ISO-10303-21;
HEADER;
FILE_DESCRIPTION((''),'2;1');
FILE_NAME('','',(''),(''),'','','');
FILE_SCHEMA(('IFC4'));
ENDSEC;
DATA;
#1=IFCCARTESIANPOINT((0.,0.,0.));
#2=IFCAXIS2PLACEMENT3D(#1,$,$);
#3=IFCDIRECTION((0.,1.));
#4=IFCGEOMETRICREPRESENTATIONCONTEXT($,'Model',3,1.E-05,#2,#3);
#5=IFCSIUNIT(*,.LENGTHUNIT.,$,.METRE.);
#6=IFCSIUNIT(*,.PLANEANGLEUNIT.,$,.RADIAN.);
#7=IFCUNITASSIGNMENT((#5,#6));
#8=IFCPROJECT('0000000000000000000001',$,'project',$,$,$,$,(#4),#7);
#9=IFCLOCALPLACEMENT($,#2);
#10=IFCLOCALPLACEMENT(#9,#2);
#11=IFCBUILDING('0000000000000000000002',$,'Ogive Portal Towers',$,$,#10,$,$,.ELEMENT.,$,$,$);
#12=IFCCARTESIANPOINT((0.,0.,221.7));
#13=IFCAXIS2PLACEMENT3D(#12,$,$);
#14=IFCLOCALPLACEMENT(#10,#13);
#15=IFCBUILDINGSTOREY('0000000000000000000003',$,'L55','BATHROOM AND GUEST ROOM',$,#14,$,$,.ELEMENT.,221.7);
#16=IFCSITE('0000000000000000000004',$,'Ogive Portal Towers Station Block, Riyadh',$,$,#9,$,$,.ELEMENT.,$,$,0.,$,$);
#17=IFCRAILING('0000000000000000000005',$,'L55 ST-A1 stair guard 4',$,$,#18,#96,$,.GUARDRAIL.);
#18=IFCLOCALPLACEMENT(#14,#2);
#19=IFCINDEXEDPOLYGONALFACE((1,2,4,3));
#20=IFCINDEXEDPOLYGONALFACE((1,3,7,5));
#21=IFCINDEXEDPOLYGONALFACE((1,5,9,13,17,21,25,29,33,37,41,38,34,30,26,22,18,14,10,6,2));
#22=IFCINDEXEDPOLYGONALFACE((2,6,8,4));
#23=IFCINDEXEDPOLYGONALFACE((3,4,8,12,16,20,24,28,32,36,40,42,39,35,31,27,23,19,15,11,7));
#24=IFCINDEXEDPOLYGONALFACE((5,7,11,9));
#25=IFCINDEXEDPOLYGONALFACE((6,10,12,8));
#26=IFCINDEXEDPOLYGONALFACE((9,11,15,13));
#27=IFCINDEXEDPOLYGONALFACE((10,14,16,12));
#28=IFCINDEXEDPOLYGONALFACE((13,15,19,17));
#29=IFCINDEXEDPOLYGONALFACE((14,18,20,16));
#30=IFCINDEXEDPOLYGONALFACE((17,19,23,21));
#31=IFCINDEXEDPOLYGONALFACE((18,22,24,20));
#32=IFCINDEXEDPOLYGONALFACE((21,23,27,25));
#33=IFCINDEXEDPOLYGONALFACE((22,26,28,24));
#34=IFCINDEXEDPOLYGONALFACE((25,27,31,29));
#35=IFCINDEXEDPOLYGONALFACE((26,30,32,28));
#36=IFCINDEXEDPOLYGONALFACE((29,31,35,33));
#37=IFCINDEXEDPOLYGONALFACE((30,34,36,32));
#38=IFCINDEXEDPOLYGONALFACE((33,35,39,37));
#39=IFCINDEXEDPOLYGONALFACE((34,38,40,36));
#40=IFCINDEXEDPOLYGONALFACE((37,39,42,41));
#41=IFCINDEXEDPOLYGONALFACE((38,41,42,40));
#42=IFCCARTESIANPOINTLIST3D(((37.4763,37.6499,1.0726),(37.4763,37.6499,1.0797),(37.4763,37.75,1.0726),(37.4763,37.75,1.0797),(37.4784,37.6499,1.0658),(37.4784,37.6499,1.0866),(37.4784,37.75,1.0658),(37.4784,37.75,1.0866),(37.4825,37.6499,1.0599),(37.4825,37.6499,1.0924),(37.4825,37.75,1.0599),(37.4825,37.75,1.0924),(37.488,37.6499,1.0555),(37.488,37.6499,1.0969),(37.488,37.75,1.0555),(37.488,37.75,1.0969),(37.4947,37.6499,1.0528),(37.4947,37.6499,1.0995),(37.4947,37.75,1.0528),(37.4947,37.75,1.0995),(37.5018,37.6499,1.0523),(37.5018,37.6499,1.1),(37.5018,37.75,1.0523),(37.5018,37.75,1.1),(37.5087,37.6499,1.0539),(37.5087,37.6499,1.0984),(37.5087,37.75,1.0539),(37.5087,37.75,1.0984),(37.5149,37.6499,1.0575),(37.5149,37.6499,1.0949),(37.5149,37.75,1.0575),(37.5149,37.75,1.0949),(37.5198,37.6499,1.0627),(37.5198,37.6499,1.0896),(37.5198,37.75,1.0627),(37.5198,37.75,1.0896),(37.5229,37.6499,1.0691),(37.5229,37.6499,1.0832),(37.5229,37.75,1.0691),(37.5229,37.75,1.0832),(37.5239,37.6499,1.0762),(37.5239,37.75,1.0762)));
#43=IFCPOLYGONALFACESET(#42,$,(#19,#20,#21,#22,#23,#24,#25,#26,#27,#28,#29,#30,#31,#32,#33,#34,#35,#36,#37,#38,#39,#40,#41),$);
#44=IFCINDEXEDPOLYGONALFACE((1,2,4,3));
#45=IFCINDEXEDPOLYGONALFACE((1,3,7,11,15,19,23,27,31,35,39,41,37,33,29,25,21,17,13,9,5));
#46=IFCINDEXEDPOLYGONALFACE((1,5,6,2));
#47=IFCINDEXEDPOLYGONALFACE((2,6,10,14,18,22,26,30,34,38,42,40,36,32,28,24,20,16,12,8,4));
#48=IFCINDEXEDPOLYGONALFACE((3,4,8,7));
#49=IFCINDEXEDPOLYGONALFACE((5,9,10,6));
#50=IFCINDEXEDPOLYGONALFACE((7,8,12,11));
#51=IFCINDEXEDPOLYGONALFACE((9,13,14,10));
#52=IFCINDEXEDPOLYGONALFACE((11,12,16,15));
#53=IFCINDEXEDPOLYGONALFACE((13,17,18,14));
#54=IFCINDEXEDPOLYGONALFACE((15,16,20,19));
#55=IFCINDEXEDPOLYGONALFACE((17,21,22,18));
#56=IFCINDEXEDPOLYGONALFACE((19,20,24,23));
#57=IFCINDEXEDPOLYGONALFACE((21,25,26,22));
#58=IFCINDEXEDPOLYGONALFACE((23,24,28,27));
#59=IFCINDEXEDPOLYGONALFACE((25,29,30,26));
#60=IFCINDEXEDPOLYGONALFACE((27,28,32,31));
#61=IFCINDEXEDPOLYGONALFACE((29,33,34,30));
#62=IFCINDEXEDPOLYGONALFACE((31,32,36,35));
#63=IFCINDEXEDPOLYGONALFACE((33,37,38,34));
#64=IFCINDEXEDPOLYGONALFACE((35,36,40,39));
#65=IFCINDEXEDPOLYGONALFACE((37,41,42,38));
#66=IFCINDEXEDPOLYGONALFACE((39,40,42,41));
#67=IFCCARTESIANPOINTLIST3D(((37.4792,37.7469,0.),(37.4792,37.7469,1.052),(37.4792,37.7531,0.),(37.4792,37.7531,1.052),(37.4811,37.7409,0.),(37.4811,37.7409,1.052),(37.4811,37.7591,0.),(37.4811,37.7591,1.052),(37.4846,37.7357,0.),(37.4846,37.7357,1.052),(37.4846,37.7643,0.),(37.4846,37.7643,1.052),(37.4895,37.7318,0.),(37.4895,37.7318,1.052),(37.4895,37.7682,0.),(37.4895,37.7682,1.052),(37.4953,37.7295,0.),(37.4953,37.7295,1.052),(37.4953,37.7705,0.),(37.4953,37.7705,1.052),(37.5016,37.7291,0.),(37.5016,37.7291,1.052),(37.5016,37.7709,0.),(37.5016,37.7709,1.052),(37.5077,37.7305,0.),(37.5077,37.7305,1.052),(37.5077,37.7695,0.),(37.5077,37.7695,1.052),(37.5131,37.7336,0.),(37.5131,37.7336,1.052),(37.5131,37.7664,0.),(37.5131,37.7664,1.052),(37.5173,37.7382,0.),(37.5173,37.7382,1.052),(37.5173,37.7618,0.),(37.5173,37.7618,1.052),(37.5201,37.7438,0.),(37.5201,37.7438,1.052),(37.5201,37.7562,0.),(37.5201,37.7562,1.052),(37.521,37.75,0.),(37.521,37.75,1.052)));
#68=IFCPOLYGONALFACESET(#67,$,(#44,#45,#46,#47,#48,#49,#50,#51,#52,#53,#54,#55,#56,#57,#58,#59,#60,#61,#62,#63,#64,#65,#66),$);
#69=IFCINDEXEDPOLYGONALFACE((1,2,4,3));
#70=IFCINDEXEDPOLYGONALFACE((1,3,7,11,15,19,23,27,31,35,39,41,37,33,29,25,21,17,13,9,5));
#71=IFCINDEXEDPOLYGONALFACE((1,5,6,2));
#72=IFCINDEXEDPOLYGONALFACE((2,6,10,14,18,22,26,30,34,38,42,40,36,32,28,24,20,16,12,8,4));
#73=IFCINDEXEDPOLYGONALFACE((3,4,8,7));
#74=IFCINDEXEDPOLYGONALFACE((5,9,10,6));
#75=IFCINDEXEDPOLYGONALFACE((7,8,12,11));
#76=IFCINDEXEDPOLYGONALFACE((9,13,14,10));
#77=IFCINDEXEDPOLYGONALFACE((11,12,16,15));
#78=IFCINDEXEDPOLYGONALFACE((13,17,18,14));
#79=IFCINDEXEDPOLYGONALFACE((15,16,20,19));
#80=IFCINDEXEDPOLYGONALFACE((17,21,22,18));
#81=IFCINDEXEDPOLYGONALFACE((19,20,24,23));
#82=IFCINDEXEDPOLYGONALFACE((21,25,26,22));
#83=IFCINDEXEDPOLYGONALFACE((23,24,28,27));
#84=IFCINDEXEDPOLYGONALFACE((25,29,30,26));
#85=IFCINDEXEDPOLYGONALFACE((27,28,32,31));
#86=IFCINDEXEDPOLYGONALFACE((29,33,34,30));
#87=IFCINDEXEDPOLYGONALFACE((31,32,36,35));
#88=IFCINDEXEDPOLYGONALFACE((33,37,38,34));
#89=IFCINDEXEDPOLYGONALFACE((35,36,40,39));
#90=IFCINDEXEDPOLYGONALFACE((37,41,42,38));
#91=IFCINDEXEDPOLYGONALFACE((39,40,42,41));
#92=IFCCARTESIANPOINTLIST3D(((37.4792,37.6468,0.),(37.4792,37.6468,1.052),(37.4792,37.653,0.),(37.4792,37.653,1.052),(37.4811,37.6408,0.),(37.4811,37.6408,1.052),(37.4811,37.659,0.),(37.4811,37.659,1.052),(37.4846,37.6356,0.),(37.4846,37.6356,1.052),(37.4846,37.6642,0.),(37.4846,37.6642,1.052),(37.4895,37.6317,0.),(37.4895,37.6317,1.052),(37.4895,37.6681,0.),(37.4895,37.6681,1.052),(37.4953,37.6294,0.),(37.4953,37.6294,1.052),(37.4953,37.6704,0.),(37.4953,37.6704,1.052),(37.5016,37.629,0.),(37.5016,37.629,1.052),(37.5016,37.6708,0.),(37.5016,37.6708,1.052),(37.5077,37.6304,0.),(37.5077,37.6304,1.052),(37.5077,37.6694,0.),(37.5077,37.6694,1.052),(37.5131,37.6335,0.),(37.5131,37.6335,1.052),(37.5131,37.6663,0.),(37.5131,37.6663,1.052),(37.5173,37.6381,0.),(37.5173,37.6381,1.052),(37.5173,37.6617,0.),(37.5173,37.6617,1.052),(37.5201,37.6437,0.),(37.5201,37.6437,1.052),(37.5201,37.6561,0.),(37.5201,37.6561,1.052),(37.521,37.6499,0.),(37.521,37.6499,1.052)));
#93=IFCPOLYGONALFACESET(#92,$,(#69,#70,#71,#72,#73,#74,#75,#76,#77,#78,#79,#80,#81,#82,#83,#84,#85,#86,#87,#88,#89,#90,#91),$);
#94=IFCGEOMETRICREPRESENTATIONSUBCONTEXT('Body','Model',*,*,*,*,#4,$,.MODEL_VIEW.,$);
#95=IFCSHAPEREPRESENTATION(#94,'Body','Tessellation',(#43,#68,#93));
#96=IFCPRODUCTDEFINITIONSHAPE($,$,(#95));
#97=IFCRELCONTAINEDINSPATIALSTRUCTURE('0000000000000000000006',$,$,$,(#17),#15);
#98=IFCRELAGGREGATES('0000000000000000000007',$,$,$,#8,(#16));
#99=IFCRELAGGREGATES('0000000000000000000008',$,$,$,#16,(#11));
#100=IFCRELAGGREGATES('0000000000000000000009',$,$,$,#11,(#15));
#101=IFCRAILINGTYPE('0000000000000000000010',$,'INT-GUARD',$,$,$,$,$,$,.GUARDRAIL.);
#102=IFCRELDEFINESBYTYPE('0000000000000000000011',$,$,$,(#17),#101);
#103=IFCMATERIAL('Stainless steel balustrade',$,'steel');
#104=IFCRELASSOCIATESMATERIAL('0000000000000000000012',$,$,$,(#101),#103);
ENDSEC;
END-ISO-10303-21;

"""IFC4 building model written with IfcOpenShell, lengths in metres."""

from ifc_helpers import new_model, si_unit, direction, frame, origin, origin_2d, place, context, subcontext, project, spatial, circle, extrude, material, type_object, element, save


model = new_model("IFC4")

# Units and contexts
model_context = context("Model", 3, precision=1e-05, world=origin(), true_north=direction((0.0, 1.0)))
body_context = subcontext(model_context, "Body", "Model", "MODEL_VIEW")
ifc_project = project(units=[si_unit("LENGTHUNIT", "METRE"), si_unit("PLANEANGLEUNIT", "RADIAN")], contexts=[model_context])

# Site, building, storey
site_placement = place(None, origin())
site = spatial("IfcSite", under=ifc_project, at=site_placement, Name="Ogive Portal Towers Station Block, Riyadh", CompositionType="ELEMENT", RefElevation=0.0)
building_placement = place(site_placement, origin())
building = spatial("IfcBuilding", under=site, at=building_placement, Name="Ogive Portal Towers", CompositionType="ELEMENT")
storey_placement = place(building_placement, frame((0.0, 0.0, 221.7)))
storey = spatial("IfcBuildingStorey", under=building, at=storey_placement, Name="L55", Description="BATHROOM AND GUEST ROOM", CompositionType="ELEMENT", Elevation=221.7)

# Railing
ifc_material_1 = material(Name="Stainless steel balustrade", Category="steel")
railing_type_1 = type_object("IfcRailingType", Name="INT-GUARD", PredefinedType="GUARDRAIL", material=ifc_material_1)
railing_1_placement = place(storey_placement, frame((37.5, 37.75, 0.0)))
element("IfcRailing", 1, at=railing_1_placement, inside=storey, type_object=railing_type_1, Name="L55 ST-A1 stair guard 4", PredefinedType="GUARDRAIL", context=body_context, shape_type="SweptSolid", body=[
    extrude(circle(Radius=0.0239, at=origin_2d()), frame((0.0, 0.0, 1.0762), z_axis=(0.0, -1.0, 0.0), x_axis=(1.0, 0.0, 0.0)), (0.0, 0.0, 1.0), 0.1001),
    extrude(circle(Radius=0.021, at=origin_2d()), origin(), (0.0, 0.0, 1.0), 1.052),
    extrude(circle(Radius=0.021, at=origin_2d()), frame((0.0, -0.1001, 0.0)), (0.0, 0.0, 1.0), 1.052),
])

save(model, "model.ifc")
